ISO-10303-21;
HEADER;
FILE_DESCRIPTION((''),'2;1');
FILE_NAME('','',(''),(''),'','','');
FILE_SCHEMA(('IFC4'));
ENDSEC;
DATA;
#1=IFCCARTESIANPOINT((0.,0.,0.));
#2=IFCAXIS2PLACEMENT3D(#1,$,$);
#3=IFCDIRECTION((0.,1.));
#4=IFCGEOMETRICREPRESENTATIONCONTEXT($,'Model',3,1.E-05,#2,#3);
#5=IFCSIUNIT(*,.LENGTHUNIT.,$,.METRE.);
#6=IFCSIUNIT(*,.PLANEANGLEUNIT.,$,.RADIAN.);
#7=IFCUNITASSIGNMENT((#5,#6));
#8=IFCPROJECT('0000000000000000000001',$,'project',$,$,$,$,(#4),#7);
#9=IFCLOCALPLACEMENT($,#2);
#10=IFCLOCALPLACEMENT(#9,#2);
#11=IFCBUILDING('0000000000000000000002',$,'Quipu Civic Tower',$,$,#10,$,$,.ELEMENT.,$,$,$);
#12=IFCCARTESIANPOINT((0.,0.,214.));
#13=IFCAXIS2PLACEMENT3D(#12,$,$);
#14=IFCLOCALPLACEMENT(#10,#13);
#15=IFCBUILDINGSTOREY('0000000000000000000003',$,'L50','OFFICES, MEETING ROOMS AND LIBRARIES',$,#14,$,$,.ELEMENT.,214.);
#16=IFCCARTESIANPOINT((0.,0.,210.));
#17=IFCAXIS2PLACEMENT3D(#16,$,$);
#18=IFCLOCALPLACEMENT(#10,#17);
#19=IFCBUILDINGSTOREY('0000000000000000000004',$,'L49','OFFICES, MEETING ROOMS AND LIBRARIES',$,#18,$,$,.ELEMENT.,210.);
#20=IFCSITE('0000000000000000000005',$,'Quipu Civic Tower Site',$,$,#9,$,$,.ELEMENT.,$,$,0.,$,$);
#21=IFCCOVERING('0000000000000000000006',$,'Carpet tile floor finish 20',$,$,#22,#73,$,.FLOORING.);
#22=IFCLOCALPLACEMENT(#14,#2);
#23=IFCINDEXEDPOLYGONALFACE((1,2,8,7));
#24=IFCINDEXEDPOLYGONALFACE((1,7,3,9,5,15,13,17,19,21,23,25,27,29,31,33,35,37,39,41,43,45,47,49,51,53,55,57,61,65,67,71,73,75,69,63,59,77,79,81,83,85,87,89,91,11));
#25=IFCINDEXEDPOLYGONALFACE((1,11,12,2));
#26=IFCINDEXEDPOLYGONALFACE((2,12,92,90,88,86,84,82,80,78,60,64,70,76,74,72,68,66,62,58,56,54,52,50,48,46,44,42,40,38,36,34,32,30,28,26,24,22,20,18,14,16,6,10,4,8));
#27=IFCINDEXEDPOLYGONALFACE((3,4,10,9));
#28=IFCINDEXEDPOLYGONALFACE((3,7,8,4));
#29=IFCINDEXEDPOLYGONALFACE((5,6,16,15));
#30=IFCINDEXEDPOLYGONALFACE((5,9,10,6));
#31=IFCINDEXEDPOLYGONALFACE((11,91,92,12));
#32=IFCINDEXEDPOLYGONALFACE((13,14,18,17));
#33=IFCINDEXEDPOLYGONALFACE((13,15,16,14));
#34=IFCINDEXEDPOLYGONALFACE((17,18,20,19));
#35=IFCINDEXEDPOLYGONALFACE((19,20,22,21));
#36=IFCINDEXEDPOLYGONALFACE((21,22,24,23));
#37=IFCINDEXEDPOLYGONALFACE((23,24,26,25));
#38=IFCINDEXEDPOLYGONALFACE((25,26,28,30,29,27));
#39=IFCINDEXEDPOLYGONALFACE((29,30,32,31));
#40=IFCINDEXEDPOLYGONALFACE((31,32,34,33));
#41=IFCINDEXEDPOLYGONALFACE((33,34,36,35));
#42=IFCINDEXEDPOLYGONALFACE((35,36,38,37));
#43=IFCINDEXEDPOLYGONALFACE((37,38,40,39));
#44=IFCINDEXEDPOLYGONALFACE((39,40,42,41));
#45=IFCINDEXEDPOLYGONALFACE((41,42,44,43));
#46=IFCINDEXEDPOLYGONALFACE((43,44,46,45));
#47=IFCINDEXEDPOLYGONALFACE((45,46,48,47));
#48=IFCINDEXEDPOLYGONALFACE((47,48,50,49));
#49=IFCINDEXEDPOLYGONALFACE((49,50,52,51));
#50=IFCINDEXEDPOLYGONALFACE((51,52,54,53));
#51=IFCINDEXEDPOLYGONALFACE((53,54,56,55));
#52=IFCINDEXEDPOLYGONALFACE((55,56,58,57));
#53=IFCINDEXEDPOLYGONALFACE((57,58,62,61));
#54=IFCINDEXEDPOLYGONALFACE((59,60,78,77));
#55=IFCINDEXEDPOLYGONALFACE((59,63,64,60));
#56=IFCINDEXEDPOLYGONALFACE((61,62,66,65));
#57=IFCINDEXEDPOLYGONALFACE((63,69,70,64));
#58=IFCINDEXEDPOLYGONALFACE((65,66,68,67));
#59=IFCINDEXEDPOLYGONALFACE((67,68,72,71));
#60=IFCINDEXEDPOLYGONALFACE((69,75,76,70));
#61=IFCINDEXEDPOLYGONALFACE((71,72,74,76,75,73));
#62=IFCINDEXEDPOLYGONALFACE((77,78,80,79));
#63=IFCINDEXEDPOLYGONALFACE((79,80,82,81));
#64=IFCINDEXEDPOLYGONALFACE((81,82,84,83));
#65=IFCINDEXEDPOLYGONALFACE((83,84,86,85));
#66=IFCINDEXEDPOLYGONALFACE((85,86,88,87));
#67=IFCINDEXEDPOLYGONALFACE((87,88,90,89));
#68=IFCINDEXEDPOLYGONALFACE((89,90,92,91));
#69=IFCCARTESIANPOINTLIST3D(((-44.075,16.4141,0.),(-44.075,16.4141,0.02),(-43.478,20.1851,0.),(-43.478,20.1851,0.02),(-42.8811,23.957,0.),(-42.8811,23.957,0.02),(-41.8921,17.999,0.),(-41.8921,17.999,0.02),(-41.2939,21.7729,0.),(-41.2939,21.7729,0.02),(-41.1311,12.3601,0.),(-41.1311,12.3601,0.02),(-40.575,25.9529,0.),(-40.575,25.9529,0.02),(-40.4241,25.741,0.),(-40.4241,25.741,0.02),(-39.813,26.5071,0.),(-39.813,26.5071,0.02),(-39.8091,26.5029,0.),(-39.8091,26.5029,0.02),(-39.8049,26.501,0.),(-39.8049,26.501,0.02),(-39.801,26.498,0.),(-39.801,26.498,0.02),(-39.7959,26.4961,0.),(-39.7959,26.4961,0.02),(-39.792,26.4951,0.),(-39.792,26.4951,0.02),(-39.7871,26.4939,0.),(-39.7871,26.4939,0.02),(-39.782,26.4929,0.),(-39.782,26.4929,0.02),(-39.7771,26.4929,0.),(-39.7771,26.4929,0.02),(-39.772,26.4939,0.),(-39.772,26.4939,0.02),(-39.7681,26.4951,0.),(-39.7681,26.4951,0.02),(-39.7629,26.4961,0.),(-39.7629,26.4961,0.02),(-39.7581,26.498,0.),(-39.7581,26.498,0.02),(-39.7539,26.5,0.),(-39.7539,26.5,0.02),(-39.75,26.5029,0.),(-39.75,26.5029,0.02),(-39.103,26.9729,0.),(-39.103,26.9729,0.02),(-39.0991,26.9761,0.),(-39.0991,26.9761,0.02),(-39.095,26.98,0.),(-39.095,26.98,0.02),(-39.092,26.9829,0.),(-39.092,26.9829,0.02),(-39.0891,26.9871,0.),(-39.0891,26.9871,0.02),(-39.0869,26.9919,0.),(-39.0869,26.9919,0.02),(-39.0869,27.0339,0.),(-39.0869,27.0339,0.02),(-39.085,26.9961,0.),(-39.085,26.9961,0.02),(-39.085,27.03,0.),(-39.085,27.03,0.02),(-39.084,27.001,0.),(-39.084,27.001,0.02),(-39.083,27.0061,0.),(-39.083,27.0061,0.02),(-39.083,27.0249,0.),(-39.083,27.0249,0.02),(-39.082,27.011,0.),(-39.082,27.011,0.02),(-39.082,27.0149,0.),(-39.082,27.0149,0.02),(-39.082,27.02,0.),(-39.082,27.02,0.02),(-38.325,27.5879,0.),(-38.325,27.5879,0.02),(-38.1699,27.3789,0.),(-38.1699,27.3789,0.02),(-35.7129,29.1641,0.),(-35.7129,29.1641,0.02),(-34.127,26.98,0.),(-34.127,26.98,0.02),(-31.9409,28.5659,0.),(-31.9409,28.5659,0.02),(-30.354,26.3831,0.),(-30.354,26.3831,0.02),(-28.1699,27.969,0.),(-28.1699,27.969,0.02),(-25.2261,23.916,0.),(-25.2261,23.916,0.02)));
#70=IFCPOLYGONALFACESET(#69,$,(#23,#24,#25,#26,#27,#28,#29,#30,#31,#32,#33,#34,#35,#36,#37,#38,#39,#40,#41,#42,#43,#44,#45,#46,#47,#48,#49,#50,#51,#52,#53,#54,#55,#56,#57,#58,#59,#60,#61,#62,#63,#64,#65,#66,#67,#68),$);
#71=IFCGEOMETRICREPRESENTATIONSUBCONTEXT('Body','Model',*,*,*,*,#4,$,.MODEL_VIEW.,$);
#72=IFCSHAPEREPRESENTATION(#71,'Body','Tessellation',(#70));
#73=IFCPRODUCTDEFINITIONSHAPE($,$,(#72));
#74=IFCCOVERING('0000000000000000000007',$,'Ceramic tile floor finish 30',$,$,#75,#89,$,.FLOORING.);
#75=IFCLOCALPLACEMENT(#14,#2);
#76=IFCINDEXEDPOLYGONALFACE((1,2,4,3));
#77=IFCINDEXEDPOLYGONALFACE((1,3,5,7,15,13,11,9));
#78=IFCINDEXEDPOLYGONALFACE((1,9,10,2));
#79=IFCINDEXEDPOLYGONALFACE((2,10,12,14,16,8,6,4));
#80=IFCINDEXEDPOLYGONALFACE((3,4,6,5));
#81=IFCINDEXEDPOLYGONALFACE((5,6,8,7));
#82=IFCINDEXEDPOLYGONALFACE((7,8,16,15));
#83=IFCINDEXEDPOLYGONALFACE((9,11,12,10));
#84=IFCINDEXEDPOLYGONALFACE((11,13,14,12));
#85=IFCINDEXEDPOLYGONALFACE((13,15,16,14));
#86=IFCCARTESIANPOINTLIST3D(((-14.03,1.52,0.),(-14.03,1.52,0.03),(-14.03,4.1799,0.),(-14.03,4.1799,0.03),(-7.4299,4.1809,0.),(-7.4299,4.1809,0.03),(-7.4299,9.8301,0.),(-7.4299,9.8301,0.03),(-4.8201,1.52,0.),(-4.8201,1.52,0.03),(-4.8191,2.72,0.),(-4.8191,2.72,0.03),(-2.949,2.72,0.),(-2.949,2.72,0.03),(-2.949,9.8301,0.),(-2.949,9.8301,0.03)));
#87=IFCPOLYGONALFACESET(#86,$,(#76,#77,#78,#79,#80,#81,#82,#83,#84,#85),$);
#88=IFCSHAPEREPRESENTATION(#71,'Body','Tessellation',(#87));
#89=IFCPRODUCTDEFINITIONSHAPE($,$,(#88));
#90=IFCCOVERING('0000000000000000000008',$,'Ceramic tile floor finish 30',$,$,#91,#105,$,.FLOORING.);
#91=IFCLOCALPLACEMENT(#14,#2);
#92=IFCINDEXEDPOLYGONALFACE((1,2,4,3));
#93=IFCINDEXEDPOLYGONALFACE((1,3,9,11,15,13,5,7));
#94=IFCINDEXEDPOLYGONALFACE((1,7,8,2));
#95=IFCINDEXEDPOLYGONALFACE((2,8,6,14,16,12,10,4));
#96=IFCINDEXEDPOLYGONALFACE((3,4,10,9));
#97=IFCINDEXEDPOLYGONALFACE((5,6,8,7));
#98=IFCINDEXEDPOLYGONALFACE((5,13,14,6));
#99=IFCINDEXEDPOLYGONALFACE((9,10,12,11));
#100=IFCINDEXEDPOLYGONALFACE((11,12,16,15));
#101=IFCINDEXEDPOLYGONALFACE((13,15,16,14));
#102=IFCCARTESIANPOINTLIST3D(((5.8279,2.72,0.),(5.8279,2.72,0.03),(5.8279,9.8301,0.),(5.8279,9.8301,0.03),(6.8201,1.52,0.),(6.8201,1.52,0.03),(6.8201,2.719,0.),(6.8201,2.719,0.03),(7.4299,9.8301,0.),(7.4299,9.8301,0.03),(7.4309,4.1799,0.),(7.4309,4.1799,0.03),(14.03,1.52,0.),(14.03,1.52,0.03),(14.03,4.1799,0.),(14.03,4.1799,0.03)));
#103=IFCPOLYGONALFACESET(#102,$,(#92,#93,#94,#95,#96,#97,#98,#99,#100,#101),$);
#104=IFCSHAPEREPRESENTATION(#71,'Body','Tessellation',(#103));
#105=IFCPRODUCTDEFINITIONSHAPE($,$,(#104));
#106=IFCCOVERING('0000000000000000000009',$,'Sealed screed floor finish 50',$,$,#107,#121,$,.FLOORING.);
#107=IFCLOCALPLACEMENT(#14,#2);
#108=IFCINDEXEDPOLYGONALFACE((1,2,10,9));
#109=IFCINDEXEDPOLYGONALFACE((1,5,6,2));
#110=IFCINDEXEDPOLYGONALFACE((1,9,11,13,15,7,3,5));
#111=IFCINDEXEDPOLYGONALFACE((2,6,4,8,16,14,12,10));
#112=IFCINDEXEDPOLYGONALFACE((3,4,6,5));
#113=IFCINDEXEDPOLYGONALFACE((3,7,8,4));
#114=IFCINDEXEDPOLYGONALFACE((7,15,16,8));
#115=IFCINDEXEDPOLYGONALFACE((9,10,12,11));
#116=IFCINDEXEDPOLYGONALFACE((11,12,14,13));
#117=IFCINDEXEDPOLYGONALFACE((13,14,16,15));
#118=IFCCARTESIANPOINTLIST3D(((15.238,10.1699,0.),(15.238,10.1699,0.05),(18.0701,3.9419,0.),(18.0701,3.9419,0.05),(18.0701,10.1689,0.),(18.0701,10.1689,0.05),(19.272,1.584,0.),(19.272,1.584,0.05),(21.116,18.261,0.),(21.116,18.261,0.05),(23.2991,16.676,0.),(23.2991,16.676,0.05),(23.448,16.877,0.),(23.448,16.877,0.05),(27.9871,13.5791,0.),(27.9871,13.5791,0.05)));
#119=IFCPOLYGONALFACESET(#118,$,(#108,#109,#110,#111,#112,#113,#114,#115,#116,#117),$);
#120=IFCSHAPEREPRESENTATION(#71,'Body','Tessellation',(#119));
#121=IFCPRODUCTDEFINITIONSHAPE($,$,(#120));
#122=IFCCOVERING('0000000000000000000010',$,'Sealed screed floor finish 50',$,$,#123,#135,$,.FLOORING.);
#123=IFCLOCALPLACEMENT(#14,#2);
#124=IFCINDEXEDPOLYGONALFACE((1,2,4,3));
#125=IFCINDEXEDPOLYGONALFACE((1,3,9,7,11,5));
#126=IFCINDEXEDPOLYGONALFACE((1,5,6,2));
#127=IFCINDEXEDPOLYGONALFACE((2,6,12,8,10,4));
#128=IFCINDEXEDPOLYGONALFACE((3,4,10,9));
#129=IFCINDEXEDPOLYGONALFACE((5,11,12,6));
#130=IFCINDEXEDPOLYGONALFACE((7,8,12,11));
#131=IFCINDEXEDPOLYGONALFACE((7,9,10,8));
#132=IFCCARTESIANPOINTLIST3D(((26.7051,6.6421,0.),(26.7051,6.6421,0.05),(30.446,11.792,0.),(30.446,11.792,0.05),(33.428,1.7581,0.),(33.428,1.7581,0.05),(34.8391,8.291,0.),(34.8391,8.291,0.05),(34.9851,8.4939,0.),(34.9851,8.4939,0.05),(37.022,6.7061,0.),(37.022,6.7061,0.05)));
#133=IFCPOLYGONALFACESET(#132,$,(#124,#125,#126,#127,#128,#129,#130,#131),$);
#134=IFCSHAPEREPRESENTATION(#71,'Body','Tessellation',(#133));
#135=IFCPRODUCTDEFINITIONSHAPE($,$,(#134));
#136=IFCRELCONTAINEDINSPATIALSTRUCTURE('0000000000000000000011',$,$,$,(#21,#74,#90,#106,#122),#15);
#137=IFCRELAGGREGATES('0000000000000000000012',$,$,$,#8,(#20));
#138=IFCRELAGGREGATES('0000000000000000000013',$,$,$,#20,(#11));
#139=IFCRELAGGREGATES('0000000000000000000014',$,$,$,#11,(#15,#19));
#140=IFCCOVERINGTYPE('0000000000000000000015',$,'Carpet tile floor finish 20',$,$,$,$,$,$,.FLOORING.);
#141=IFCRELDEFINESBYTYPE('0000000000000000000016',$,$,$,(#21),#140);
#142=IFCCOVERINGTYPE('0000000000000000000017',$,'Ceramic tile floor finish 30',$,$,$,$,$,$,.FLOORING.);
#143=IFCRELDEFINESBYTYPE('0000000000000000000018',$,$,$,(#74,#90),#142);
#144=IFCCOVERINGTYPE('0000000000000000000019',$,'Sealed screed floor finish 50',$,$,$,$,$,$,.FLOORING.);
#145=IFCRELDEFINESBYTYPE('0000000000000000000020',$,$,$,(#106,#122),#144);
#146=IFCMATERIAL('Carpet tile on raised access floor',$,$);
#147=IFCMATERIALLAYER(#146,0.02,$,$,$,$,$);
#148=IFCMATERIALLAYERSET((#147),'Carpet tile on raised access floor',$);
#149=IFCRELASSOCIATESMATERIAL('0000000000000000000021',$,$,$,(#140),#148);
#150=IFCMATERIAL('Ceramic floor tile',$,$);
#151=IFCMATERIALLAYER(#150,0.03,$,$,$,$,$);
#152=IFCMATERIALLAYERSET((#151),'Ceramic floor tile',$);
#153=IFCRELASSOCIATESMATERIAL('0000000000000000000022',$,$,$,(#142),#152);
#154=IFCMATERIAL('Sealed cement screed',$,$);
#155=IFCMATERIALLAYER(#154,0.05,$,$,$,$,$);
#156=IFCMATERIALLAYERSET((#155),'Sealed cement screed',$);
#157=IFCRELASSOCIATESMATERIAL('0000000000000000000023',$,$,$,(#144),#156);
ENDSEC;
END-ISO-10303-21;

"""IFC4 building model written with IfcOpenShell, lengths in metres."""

from ifc_helpers import new_model, si_unit, direction, frame, origin, place, context, subcontext, project, spatial, polyline, outline, extrude, material, layer, layer_set, type_object, element, save


model = new_model("IFC4")

# Units and contexts
model_context = context("Model", 3, precision=1e-05, world=origin(), true_north=direction((0.0, 1.0)))
body_context = subcontext(model_context, "Body", "Model", "MODEL_VIEW")
ifc_project = project(units=[si_unit("LENGTHUNIT", "METRE"), si_unit("PLANEANGLEUNIT", "RADIAN")], contexts=[model_context])

# Site, building, storey
site_placement = place(None, origin())
site = spatial("IfcSite", under=ifc_project, at=site_placement, Name="Quipu Civic Tower Site", CompositionType="ELEMENT", RefElevation=0.0)
building_placement = place(site_placement, origin())
building = spatial("IfcBuilding", under=site, at=building_placement, Name="Quipu Civic Tower", CompositionType="ELEMENT")
storey_1_placement = place(building_placement, frame((0.0, 0.0, 214.0)))
storey_1 = spatial("IfcBuildingStorey", under=building, at=storey_1_placement, Name="L50", Description="OFFICES, MEETING ROOMS AND LIBRARIES", CompositionType="ELEMENT", Elevation=214.0)

# Shared definitions
storey_2_placement = place(building_placement, frame((0.0, 0.0, 210.0)))
storey_2 = spatial("IfcBuildingStorey", under=building, at=storey_2_placement, Name="L49", Description="OFFICES, MEETING ROOMS AND LIBRARIES", CompositionType="ELEMENT", Elevation=210.0)

# Coverings
ifc_material_1 = material(Name="Carpet tile on raised access floor")
ifc_layer_1 = layer(ifc_material_1, 0.02)
ifc_layer_set_1 = layer_set([ifc_layer_1], Name="Carpet tile on raised access floor")
covering_type_1 = type_object("IfcCoveringType", Name="Carpet tile floor finish 20", PredefinedType="FLOORING", material=ifc_layer_set_1)
covering_1_placement = place(storey_1_placement, origin())
element("IfcCovering", 1, at=covering_1_placement, inside=storey_1, type_object=covering_type_1, Name="Carpet tile floor finish 20", PredefinedType="FLOORING", context=body_context, shape_type="SweptSolid", body=[
    extrude(outline(polyline([(-44.075, 16.4141), (-41.8921, 17.999), (-43.478, 20.1851), (-41.2939, 21.7729), (-42.8811, 23.957), (-40.4241, 25.741), (-40.575, 25.9529), (-39.813, 26.5071), (-39.8091, 26.5029), (-39.8049, 26.501), (-39.801, 26.498), (-39.7959, 26.4961), (-39.792, 26.4951), (-39.7871, 26.4939), (-39.782, 26.4929), (-39.7771, 26.4929), (-39.772, 26.4939), (-39.7681, 26.4951), (-39.7629, 26.4961), (-39.7581, 26.498), (-39.7539, 26.5), (-39.75, 26.5029), (-39.103, 26.9729), (-39.0991, 26.9761), (-39.095, 26.98), (-39.092, 26.9829), (-39.0891, 26.9871), (-39.0869, 26.9919), (-39.085, 26.9961), (-39.084, 27.001), (-39.083, 27.0061), (-39.082, 27.011), (-39.082, 27.0149), (-39.082, 27.02), (-39.083, 27.0249), (-39.085, 27.03), (-39.0869, 27.0339), (-38.325, 27.5879), (-38.1699, 27.3789), (-35.7129, 29.1641), (-34.127, 26.98), (-31.9409, 28.5659), (-30.354, 26.3831), (-28.1699, 27.969), (-25.2261, 23.916), (-41.1311, 12.3601), (-44.075, 16.4141)])), origin(), (0.0, 0.0, 1.0), 0.02),
])
ifc_material_2 = material(Name="Ceramic floor tile")
ifc_layer_2 = layer(ifc_material_2, 0.03)
ifc_layer_set_2 = layer_set([ifc_layer_2], Name="Ceramic floor tile")
covering_type_2 = type_object("IfcCoveringType", Name="Ceramic tile floor finish 30", PredefinedType="FLOORING", material=ifc_layer_set_2)
covering_2_placement = place(storey_1_placement, origin())
element("IfcCovering", 2, at=covering_2_placement, inside=storey_1, type_object=covering_type_2, Name="Ceramic tile floor finish 30", PredefinedType="FLOORING", context=body_context, shape_type="SweptSolid", body=[
    extrude(outline(polyline([(-14.03, 1.52), (-14.03, 4.1799), (-7.4299, 4.1809), (-7.4299, 9.8301), (-2.949, 9.8301), (-2.949, 2.72), (-4.8191, 2.72), (-4.8201, 1.52), (-14.03, 1.52)])), origin(), (0.0, 0.0, 1.0), 0.03),
])
covering_3_placement = place(storey_1_placement, origin())
element("IfcCovering", 3, at=covering_3_placement, inside=storey_1, type_object=covering_type_2, Name="Ceramic tile floor finish 30", PredefinedType="FLOORING", context=body_context, shape_type="SweptSolid", body=[
    extrude(outline(polyline([(5.8279, 2.72), (5.8279, 9.8301), (7.4299, 9.8301), (7.4309, 4.1799), (14.03, 4.1799), (14.03, 1.52), (6.8201, 1.52), (6.8201, 2.719), (5.8279, 2.72)])), origin(), (0.0, 0.0, 1.0), 0.03),
])
ifc_material_3 = material(Name="Sealed cement screed")
ifc_layer_3 = layer(ifc_material_3, 0.05)
ifc_layer_set_3 = layer_set([ifc_layer_3], Name="Sealed cement screed")
covering_type_3 = type_object("IfcCoveringType", Name="Sealed screed floor finish 50", PredefinedType="FLOORING", material=ifc_layer_set_3)
covering_4_placement = place(storey_1_placement, origin())
element("IfcCovering", 4, at=covering_4_placement, inside=storey_1, type_object=covering_type_3, Name="Sealed screed floor finish 50", PredefinedType="FLOORING", context=body_context, shape_type="SweptSolid", body=[
    extrude(outline(polyline([(15.238, 10.1699), (21.116, 18.261), (23.2991, 16.676), (23.448, 16.877), (27.9871, 13.5791), (19.272, 1.584), (18.0701, 3.9419), (18.0701, 10.1689), (15.238, 10.1699)])), origin(), (0.0, 0.0, 1.0), 0.05),
])
covering_5_placement = place(storey_1_placement, origin())
element("IfcCovering", 5, at=covering_5_placement, inside=storey_1, type_object=covering_type_3, Name="Sealed screed floor finish 50", PredefinedType="FLOORING", context=body_context, shape_type="SweptSolid", body=[
    extrude(outline(polyline([(26.7051, 6.6421), (30.446, 11.792), (34.9851, 8.4939), (34.8391, 8.291), (37.022, 6.7061), (33.428, 1.7581), (26.7051, 6.6421)])), origin(), (0.0, 0.0, 1.0), 0.05),
])

save(model, "model.ifc")
